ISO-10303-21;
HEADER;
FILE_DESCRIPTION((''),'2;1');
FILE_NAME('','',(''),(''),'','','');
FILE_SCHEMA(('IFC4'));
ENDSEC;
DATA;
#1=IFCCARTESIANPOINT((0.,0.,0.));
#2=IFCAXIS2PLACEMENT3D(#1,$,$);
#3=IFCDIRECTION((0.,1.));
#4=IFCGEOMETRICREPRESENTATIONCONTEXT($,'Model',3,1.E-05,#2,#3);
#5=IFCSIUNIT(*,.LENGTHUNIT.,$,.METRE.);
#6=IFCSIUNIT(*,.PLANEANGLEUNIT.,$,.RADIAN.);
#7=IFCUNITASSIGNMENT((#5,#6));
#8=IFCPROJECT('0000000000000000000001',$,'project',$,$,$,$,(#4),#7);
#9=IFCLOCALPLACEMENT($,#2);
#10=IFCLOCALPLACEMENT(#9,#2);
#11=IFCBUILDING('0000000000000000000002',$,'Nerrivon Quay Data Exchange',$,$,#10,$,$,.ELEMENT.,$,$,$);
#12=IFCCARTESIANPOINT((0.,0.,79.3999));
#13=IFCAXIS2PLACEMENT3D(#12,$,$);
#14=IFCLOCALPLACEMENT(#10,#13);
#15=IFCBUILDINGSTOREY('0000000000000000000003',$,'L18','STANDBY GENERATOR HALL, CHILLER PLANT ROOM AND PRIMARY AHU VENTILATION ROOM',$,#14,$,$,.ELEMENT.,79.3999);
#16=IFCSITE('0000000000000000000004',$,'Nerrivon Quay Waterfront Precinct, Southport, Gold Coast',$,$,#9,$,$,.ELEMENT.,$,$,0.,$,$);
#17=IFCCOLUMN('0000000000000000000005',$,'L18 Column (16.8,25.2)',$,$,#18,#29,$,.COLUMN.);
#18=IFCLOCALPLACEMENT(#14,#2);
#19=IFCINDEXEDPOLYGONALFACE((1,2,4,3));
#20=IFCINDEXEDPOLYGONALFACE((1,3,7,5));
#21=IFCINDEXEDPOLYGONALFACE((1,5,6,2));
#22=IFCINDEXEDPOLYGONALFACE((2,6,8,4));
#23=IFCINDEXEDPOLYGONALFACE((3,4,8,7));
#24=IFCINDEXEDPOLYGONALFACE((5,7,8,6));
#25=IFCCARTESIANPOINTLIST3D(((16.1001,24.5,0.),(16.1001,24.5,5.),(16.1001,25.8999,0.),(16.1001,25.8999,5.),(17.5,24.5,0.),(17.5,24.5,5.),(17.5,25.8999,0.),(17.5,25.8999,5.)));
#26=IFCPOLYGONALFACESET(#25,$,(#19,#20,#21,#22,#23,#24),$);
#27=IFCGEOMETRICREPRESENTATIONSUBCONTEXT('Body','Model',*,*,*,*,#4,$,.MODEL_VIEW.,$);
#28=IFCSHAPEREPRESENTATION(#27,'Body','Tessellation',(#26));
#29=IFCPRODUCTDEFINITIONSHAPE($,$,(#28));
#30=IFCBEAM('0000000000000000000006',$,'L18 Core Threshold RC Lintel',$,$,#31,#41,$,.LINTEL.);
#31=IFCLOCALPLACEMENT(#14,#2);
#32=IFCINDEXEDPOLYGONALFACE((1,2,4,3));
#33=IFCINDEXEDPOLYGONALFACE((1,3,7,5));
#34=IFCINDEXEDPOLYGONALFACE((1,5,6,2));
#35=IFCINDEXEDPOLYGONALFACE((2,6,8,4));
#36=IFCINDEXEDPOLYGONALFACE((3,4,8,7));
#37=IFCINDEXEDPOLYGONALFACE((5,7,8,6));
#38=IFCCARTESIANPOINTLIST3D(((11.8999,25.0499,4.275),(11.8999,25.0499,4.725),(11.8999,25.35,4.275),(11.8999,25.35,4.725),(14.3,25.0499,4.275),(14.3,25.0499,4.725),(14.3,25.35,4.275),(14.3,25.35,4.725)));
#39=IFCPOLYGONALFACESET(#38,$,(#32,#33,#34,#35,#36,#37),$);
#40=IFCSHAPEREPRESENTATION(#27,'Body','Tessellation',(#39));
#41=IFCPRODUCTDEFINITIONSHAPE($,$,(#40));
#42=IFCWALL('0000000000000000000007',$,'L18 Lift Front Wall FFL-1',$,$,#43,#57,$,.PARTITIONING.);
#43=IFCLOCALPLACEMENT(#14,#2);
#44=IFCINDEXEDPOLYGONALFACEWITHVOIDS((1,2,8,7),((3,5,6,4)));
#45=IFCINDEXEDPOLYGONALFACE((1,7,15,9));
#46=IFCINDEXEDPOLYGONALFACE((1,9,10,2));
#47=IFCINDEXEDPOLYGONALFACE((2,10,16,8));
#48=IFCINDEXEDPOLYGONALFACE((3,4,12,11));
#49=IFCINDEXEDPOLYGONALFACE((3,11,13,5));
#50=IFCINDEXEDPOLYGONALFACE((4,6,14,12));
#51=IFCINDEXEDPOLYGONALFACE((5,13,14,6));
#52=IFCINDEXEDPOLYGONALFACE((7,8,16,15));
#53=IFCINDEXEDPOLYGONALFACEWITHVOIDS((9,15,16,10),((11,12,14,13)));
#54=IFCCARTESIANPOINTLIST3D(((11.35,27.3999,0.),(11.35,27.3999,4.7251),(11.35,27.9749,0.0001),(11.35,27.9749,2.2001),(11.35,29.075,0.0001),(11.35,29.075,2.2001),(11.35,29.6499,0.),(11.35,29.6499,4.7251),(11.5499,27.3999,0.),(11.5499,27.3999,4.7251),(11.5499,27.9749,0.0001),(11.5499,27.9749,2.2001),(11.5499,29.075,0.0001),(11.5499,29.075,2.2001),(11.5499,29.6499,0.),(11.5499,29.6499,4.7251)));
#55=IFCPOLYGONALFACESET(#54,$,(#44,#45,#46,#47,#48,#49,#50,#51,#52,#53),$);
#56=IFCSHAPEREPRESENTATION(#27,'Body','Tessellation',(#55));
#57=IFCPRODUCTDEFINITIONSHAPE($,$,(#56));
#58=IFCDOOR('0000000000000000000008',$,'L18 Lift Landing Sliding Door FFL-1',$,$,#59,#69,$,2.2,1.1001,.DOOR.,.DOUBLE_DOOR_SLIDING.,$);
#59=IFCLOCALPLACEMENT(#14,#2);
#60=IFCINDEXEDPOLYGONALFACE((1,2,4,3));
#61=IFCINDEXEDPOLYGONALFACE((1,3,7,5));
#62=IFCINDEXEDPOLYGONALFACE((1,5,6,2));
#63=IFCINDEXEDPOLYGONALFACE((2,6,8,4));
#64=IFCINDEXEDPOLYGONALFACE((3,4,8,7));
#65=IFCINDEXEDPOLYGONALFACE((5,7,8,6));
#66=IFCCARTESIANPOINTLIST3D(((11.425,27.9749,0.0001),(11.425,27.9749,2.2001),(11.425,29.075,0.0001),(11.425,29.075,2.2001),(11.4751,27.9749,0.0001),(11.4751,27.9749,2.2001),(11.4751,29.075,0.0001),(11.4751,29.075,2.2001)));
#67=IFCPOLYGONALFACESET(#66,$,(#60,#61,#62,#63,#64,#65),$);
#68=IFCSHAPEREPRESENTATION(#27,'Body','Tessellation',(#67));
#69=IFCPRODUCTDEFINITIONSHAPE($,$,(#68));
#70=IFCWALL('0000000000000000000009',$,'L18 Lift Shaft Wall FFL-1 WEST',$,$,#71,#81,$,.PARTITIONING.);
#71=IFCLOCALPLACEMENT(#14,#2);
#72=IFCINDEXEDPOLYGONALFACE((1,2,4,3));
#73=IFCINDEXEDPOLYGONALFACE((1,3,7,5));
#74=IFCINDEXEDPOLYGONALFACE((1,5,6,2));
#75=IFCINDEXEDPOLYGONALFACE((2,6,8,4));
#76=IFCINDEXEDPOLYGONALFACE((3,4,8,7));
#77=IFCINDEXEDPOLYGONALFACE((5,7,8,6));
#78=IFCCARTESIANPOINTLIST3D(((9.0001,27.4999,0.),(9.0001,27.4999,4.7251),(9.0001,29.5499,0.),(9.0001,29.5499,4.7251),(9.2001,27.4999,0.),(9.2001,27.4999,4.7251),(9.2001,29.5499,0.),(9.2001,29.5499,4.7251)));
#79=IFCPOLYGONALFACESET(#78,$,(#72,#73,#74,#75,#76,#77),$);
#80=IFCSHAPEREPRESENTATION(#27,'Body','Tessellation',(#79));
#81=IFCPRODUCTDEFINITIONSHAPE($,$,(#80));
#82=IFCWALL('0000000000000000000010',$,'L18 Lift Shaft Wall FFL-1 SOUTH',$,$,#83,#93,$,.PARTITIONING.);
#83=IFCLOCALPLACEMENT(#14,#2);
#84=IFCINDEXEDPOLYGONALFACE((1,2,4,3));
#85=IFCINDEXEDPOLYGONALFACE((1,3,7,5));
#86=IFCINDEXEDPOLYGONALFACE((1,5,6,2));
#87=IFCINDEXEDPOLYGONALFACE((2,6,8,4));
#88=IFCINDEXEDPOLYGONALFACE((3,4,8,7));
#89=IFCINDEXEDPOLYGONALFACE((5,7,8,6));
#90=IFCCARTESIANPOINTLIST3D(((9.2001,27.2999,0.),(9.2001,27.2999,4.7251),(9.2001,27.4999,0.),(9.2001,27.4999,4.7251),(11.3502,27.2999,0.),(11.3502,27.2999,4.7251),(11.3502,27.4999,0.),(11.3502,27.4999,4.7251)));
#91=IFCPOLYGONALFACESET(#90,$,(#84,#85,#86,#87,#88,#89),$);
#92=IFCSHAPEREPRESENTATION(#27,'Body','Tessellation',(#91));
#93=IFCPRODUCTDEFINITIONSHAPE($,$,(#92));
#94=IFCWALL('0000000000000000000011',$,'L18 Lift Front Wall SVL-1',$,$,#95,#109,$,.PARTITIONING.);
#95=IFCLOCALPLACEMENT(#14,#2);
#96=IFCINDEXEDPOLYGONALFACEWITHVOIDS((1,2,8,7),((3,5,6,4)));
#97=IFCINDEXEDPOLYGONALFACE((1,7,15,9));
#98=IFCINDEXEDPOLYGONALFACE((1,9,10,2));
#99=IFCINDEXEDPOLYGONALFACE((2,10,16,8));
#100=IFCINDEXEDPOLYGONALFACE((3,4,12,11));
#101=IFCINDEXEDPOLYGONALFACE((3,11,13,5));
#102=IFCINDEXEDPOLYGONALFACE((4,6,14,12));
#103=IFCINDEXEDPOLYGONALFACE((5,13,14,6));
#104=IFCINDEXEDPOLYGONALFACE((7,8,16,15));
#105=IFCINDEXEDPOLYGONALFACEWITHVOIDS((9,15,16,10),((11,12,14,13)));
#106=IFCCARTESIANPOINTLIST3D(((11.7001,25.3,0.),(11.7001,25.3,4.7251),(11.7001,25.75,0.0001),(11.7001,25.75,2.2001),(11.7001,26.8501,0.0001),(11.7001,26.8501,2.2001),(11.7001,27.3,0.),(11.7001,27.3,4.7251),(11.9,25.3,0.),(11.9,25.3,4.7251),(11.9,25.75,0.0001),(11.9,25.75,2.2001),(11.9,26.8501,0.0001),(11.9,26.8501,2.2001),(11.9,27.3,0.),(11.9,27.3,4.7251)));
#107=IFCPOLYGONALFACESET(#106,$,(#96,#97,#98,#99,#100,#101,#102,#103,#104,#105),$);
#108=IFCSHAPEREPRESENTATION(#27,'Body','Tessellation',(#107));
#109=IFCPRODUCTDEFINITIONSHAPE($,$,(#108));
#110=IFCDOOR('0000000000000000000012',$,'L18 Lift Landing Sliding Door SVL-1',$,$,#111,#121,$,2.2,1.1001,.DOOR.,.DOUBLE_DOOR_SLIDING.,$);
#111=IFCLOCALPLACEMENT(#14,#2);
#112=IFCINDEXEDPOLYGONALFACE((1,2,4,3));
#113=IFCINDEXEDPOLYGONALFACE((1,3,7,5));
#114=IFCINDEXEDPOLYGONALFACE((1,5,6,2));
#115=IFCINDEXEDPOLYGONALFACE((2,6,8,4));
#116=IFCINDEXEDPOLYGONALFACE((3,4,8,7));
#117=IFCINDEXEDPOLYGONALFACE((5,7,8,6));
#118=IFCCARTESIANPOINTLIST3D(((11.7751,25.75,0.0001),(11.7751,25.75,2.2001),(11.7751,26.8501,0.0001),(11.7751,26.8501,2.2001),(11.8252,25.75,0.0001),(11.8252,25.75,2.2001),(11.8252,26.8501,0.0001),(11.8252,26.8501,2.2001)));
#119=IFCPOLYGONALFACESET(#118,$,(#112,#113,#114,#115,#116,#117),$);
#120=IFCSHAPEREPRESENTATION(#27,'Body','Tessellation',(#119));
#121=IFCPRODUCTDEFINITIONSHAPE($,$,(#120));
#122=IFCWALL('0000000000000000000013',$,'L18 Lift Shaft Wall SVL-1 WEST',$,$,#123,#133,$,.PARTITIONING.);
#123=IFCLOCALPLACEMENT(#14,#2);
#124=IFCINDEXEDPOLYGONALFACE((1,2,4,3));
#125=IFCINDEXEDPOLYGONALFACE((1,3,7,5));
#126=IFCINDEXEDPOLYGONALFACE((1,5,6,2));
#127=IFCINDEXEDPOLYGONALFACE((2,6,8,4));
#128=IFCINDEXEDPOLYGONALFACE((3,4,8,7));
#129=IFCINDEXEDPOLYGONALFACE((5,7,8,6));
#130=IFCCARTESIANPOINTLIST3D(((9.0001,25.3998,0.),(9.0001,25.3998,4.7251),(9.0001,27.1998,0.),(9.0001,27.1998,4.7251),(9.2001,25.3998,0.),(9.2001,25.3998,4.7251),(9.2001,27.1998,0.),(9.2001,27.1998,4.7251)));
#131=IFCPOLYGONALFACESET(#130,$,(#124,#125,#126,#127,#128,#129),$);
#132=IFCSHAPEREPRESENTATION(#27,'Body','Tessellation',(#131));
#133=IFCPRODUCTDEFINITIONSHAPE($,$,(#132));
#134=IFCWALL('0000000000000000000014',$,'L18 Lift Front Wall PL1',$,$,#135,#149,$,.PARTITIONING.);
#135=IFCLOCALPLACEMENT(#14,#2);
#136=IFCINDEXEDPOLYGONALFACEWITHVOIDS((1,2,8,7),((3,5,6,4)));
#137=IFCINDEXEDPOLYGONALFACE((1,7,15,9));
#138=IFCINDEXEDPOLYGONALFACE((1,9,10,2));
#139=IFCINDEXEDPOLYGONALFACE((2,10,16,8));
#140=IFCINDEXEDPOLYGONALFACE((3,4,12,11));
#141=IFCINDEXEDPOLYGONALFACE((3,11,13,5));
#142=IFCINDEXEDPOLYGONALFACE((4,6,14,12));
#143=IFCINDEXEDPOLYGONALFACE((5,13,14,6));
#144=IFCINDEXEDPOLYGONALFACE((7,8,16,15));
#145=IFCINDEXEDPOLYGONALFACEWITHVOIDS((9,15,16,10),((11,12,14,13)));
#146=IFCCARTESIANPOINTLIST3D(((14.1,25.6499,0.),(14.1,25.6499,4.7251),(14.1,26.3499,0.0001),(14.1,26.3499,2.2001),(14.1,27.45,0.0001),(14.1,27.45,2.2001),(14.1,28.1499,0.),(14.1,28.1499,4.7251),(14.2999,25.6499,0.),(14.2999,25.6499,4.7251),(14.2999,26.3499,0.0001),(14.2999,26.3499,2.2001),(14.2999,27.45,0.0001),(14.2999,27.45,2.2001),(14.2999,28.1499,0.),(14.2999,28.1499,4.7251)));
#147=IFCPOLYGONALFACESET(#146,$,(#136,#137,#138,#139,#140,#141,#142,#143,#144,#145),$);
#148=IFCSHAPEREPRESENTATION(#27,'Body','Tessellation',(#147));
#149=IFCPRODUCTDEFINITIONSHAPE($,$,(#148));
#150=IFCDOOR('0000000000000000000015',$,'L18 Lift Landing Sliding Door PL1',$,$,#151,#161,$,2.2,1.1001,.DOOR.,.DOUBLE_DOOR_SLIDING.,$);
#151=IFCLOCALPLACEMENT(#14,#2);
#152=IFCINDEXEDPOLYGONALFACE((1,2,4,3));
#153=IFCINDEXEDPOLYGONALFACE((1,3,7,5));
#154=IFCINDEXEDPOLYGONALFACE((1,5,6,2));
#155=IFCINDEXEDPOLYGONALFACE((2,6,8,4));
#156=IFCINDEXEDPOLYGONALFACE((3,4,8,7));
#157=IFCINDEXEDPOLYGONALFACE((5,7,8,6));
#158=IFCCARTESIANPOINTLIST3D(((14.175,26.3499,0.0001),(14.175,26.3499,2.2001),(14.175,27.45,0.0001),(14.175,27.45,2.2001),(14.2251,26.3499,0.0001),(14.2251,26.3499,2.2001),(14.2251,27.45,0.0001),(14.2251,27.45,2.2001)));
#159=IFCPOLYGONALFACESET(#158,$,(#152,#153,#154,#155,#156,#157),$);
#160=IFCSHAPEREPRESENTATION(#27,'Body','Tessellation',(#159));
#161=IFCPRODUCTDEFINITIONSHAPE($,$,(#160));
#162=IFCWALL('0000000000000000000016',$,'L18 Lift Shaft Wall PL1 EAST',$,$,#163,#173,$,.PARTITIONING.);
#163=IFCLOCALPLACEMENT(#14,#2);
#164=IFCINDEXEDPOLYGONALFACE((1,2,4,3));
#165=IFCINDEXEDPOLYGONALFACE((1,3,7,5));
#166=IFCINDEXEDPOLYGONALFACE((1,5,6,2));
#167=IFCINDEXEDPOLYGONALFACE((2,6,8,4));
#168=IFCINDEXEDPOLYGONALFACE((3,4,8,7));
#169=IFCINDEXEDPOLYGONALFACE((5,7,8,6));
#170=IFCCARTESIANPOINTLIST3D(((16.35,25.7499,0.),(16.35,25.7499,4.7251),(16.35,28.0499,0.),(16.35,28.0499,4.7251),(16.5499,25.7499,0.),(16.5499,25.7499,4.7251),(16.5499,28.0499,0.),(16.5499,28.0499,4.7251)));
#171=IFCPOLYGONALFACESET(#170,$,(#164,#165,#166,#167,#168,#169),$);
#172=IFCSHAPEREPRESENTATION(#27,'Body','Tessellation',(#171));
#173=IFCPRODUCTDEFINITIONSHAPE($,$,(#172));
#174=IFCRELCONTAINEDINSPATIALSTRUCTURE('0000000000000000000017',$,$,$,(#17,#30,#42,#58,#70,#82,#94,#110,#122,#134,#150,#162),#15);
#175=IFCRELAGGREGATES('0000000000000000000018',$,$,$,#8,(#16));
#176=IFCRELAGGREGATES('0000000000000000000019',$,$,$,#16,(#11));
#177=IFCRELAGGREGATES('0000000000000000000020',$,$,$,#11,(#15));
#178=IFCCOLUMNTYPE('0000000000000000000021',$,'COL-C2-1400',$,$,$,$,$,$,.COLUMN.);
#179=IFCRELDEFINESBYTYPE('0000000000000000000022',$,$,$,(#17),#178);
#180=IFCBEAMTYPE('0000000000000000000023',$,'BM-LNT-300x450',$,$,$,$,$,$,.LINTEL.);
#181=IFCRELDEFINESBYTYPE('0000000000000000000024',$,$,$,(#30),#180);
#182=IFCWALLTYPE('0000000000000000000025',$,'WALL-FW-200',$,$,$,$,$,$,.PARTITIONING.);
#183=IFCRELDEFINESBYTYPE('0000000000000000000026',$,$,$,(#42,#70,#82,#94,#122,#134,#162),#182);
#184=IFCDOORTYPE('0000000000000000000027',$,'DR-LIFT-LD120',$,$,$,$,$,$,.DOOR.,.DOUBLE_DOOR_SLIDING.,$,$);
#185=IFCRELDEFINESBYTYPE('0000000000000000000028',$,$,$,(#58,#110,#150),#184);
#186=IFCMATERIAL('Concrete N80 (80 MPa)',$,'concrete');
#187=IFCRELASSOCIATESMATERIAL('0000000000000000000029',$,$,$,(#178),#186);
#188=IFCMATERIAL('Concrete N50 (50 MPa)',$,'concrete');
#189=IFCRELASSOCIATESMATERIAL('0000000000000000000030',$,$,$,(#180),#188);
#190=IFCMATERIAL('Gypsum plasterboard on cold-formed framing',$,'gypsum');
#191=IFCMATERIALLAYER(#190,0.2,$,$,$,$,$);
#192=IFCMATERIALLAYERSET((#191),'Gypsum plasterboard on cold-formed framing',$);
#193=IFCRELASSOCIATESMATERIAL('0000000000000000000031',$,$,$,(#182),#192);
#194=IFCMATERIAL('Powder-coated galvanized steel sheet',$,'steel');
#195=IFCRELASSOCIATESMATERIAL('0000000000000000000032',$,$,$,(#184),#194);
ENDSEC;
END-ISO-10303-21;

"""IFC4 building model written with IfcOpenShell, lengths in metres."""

from ifc_helpers import new_model, si_unit, direction, frame, frame_2d, origin, origin_2d, place, context, subcontext, project, spatial, rectangle, extrude, material, layer, layer_set, material_profile, profile_set, type_object, element, fill, save


model = new_model("IFC4")

# Units and contexts
model_context = context("Model", 3, precision=1e-05, world=origin(), true_north=direction((0.0, 1.0)))
body_context = subcontext(model_context, "Body", "Model", "MODEL_VIEW")
ifc_project = project(units=[si_unit("LENGTHUNIT", "METRE"), si_unit("PLANEANGLEUNIT", "RADIAN")], contexts=[model_context])

# Site, building, storey
site_placement = place(None, origin())
site = spatial("IfcSite", under=ifc_project, at=site_placement, Name="Nerrivon Quay Waterfront Precinct, Southport, Gold Coast", CompositionType="ELEMENT", RefElevation=0.0)
building_placement = place(site_placement, origin())
building = spatial("IfcBuilding", under=site, at=building_placement, Name="Nerrivon Quay Data Exchange", CompositionType="ELEMENT")
storey_placement = place(building_placement, frame((0.0, 0.0, 79.3999)))
storey = spatial("IfcBuildingStorey", under=building, at=storey_placement, Name="L18", Description="STANDBY GENERATOR HALL, CHILLER PLANT ROOM AND PRIMARY AHU VENTILATION ROOM", CompositionType="ELEMENT", Elevation=79.3999)

# Column
ifc_material_1 = material(Name="Concrete N80 (80 MPa)", Category="concrete")
ifc_material_profile_1 = material_profile(ifc_material_1, rectangle(XDim=1.3999, YDim=1.3999, at=origin_2d()), Name="RC-COL-1400x1400")
ifc_profile_set_1 = profile_set([ifc_material_profile_1], Name="Concrete N80 (80 MPa)")
column_type = type_object("IfcColumnType", Name="COL-C2-1400", PredefinedType="COLUMN", material=ifc_profile_set_1)
column_placement = place(storey_placement, frame((16.8, 25.2, 0.0), z_axis=(0.0, 0.0, 1.0), x_axis=(1.0, 0.0, 0.0)))
element("IfcColumn", 1, at=column_placement, inside=storey, type_object=column_type, Name="L18 Column (16.8,25.2)", PredefinedType="COLUMN", context=body_context, shape_type="SweptSolid", body=[
    extrude(rectangle(XDim=1.3999, YDim=1.3999, at=origin_2d()), origin(), (0.0, 0.0, 1.0), 5.0),
])

# Beam
ifc_material_2 = material(Name="Concrete N50 (50 MPa)", Category="concrete")
ifc_material_profile_2 = material_profile(ifc_material_2, rectangle(XDim=0.3, YDim=0.45, at=origin_2d()), Name="RC-LNT-300x450")
ifc_profile_set_2 = profile_set([ifc_material_profile_2], Name="Concrete N50 (50 MPa)")
beam_type = type_object("IfcBeamType", Name="BM-LNT-300x450", PredefinedType="LINTEL", material=ifc_profile_set_2)
beam_placement = place(storey_placement, frame((11.8999, 25.2, 4.5), z_axis=(1.0, 0.0, 0.0), x_axis=(0.0, 1.0, 0.0)))
element("IfcBeam", 2, at=beam_placement, inside=storey, type_object=beam_type, Name="L18 Core Threshold RC Lintel", PredefinedType="LINTEL", context=body_context, shape_type="SweptSolid", body=[
    extrude(rectangle(XDim=0.3, YDim=0.45, at=origin_2d()), origin(), (0.0, 0.0, 1.0), 2.4001),
])

# Wall, opening, door
ifc_material_3 = material(Name="Powder-coated galvanized steel sheet", Category="steel")
ifc_material_4 = material(Name="Gypsum plasterboard on cold-formed framing", Category="gypsum")
ifc_layer_1 = layer(ifc_material_4, 0.2)
ifc_layer_set_1 = layer_set([ifc_layer_1], Name="Gypsum plasterboard on cold-formed framing")
wall_type_1 = type_object("IfcWallType", Name="WALL-FW-200", PredefinedType="PARTITIONING", material=ifc_layer_set_1)
wall_1_placement = place(storey_placement, frame((11.45, 27.3999, 0.0), z_axis=(0.0, 0.0, 1.0), x_axis=(0.0, 1.0, 0.0)))
wall_1 = element("IfcWall", 3, at=wall_1_placement, inside=storey, type_object=wall_type_1, Name="L18 Lift Front Wall FFL-1", PredefinedType="PARTITIONING", context=body_context, shape_type="SweptSolid", body=[
    extrude(rectangle(XDim=2.25, YDim=0.2, at=frame_2d((1.125, 0.0))), origin(), (0.0, 0.0, 1.0), 4.7251),
])
opening_1_placement = place(wall_1_placement, frame((0.575, 0.0, 0.0)))
opening_1 = element("IfcOpeningElement", 4, at=opening_1_placement, cuts=wall_1, PredefinedType="OPENING", context=body_context, shape_type="SweptSolid", body=[
    extrude(rectangle(XDim=1.1001, YDim=2.2, at=frame_2d((0.55, 1.1001))), frame((0.0, 0.1099, 0.0), z_axis=(0.0, -1.0, 0.0), x_axis=(1.0, 0.0, 0.0)), (0.0, 0.0, 1.0), 0.22),
])
door_type_1 = type_object("IfcDoorType", Name="DR-LIFT-LD120", OperationType="DOUBLE_DOOR_SLIDING", PredefinedType="DOOR", material=ifc_material_3)
door_1_placement = place(opening_1_placement, origin())
door_1 = element("IfcDoor", 5, at=door_1_placement, inside=storey, type_object=door_type_1, Name="L18 Lift Landing Sliding Door FFL-1", OperationType="DOUBLE_DOOR_SLIDING", OverallHeight=2.2, OverallWidth=1.1001, PredefinedType="DOOR", context=body_context, shape_type="SweptSolid", body=[
    extrude(rectangle(XDim=1.1001, YDim=2.2, at=frame_2d((0.55, 1.1001))), frame((0.0, 0.0249, 0.0), z_axis=(0.0, -1.0, 0.0), x_axis=(1.0, 0.0, 0.0)), (0.0, 0.0, 1.0), 0.05),
])
fill(opening_1, door_1)

# Walls
wall_2_placement = place(storey_placement, frame((9.1001, 27.5, 0.0), z_axis=(0.0, 0.0, 1.0), x_axis=(0.0, 1.0, 0.0)))
element("IfcWall", 6, at=wall_2_placement, inside=storey, type_object=wall_type_1, Name="L18 Lift Shaft Wall FFL-1 WEST", PredefinedType="PARTITIONING", context=body_context, shape_type="SweptSolid", body=[
    extrude(rectangle(XDim=2.05, YDim=0.2, at=frame_2d((1.0249, 0.0))), origin(), (0.0, 0.0, 1.0), 4.7251),
])
wall_3_placement = place(storey_placement, frame((9.2, 27.3999, 0.0), z_axis=(0.0, 0.0, 1.0), x_axis=(1.0, 0.0, 0.0)))
element("IfcWall", 7, at=wall_3_placement, inside=storey, type_object=wall_type_1, Name="L18 Lift Shaft Wall FFL-1 SOUTH", PredefinedType="PARTITIONING", context=body_context, shape_type="SweptSolid", body=[
    extrude(rectangle(XDim=2.1501, YDim=0.2, at=frame_2d((1.0752, 0.0))), origin(), (0.0, 0.0, 1.0), 4.7251),
])

# Wall, opening, door
wall_4_placement = place(storey_placement, frame((11.8, 25.3, 0.0), z_axis=(0.0, 0.0, 1.0), x_axis=(0.0, 1.0, 0.0)))
wall_4 = element("IfcWall", 8, at=wall_4_placement, inside=storey, type_object=wall_type_1, Name="L18 Lift Front Wall SVL-1", PredefinedType="PARTITIONING", context=body_context, shape_type="SweptSolid", body=[
    extrude(rectangle(XDim=2.0, YDim=0.2, at=frame_2d((1.0, 0.0))), origin(), (0.0, 0.0, 1.0), 4.7251),
])
opening_2_placement = place(wall_4_placement, frame((0.45, 0.0, 0.0)))
opening_2 = element("IfcOpeningElement", 9, at=opening_2_placement, cuts=wall_4, PredefinedType="OPENING", context=body_context, shape_type="SweptSolid", body=[
    extrude(rectangle(XDim=1.1001, YDim=2.2, at=frame_2d((0.55, 1.1001))), frame((0.0, 0.1099, 0.0), z_axis=(0.0, -1.0, 0.0), x_axis=(1.0, 0.0, 0.0)), (0.0, 0.0, 1.0), 0.22),
])
door_2_placement = place(opening_2_placement, origin())
door_2 = element("IfcDoor", 10, at=door_2_placement, inside=storey, type_object=door_type_1, Name="L18 Lift Landing Sliding Door SVL-1", OperationType="DOUBLE_DOOR_SLIDING", OverallHeight=2.2, OverallWidth=1.1001, PredefinedType="DOOR", context=body_context, shape_type="SweptSolid", body=[
    extrude(rectangle(XDim=1.1001, YDim=2.2, at=frame_2d((0.55, 1.1001))), frame((0.0, 0.0249, 0.0), z_axis=(0.0, -1.0, 0.0), x_axis=(1.0, 0.0, 0.0)), (0.0, 0.0, 1.0), 0.05),
])
fill(opening_2, door_2)

# Wall
wall_5_placement = place(storey_placement, frame((9.1001, 25.3999, 0.0), z_axis=(0.0, 0.0, 1.0), x_axis=(0.0, 1.0, 0.0)))
element("IfcWall", 11, at=wall_5_placement, inside=storey, type_object=wall_type_1, Name="L18 Lift Shaft Wall SVL-1 WEST", PredefinedType="PARTITIONING", context=body_context, shape_type="SweptSolid", body=[
    extrude(rectangle(XDim=1.8, YDim=0.2, at=frame_2d((0.8999, 0.0))), origin(), (0.0, 0.0, 1.0), 4.7251),
])

# Wall, opening, door
wall_6_placement = place(storey_placement, frame((14.2, 25.6499, 0.0), z_axis=(0.0, 0.0, 1.0), x_axis=(0.0, 1.0, 0.0)))
wall_6 = element("IfcWall", 12, at=wall_6_placement, inside=storey, type_object=wall_type_1, Name="L18 Lift Front Wall PL1", PredefinedType="PARTITIONING", context=body_context, shape_type="SweptSolid", body=[
    extrude(rectangle(XDim=2.5, YDim=0.2, at=frame_2d((1.25, 0.0))), origin(), (0.0, 0.0, 1.0), 4.7251),
])
opening_3_placement = place(wall_6_placement, frame((0.7, 0.0, 0.0)))
opening_3 = element("IfcOpeningElement", 13, at=opening_3_placement, cuts=wall_6, PredefinedType="OPENING", context=body_context, shape_type="SweptSolid", body=[
    extrude(rectangle(XDim=1.1001, YDim=2.2, at=frame_2d((0.55, 1.1001))), frame((0.0, 0.1099, 0.0), z_axis=(0.0, -1.0, 0.0), x_axis=(1.0, 0.0, 0.0)), (0.0, 0.0, 1.0), 0.22),
])
door_3_placement = place(opening_3_placement, origin())
door_3 = element("IfcDoor", 14, at=door_3_placement, inside=storey, type_object=door_type_1, Name="L18 Lift Landing Sliding Door PL1", OperationType="DOUBLE_DOOR_SLIDING", OverallHeight=2.2, OverallWidth=1.1001, PredefinedType="DOOR", context=body_context, shape_type="SweptSolid", body=[
    extrude(rectangle(XDim=1.1001, YDim=2.2, at=frame_2d((0.55, 1.1001))), frame((0.0, 0.0249, 0.0), z_axis=(0.0, -1.0, 0.0), x_axis=(1.0, 0.0, 0.0)), (0.0, 0.0, 1.0), 0.05),
])
fill(opening_3, door_3)

# Wall
wall_7_placement = place(storey_placement, frame((16.45, 25.75, 0.0), z_axis=(0.0, 0.0, 1.0), x_axis=(0.0, 1.0, 0.0)))
element("IfcWall", 15, at=wall_7_placement, inside=storey, type_object=wall_type_1, Name="L18 Lift Shaft Wall PL1 EAST", PredefinedType="PARTITIONING", context=body_context, shape_type="SweptSolid", body=[
    extrude(rectangle(XDim=2.3, YDim=0.2, at=frame_2d((1.1499, 0.0))), origin(), (0.0, 0.0, 1.0), 4.7251),
])

save(model, "model.ifc")
